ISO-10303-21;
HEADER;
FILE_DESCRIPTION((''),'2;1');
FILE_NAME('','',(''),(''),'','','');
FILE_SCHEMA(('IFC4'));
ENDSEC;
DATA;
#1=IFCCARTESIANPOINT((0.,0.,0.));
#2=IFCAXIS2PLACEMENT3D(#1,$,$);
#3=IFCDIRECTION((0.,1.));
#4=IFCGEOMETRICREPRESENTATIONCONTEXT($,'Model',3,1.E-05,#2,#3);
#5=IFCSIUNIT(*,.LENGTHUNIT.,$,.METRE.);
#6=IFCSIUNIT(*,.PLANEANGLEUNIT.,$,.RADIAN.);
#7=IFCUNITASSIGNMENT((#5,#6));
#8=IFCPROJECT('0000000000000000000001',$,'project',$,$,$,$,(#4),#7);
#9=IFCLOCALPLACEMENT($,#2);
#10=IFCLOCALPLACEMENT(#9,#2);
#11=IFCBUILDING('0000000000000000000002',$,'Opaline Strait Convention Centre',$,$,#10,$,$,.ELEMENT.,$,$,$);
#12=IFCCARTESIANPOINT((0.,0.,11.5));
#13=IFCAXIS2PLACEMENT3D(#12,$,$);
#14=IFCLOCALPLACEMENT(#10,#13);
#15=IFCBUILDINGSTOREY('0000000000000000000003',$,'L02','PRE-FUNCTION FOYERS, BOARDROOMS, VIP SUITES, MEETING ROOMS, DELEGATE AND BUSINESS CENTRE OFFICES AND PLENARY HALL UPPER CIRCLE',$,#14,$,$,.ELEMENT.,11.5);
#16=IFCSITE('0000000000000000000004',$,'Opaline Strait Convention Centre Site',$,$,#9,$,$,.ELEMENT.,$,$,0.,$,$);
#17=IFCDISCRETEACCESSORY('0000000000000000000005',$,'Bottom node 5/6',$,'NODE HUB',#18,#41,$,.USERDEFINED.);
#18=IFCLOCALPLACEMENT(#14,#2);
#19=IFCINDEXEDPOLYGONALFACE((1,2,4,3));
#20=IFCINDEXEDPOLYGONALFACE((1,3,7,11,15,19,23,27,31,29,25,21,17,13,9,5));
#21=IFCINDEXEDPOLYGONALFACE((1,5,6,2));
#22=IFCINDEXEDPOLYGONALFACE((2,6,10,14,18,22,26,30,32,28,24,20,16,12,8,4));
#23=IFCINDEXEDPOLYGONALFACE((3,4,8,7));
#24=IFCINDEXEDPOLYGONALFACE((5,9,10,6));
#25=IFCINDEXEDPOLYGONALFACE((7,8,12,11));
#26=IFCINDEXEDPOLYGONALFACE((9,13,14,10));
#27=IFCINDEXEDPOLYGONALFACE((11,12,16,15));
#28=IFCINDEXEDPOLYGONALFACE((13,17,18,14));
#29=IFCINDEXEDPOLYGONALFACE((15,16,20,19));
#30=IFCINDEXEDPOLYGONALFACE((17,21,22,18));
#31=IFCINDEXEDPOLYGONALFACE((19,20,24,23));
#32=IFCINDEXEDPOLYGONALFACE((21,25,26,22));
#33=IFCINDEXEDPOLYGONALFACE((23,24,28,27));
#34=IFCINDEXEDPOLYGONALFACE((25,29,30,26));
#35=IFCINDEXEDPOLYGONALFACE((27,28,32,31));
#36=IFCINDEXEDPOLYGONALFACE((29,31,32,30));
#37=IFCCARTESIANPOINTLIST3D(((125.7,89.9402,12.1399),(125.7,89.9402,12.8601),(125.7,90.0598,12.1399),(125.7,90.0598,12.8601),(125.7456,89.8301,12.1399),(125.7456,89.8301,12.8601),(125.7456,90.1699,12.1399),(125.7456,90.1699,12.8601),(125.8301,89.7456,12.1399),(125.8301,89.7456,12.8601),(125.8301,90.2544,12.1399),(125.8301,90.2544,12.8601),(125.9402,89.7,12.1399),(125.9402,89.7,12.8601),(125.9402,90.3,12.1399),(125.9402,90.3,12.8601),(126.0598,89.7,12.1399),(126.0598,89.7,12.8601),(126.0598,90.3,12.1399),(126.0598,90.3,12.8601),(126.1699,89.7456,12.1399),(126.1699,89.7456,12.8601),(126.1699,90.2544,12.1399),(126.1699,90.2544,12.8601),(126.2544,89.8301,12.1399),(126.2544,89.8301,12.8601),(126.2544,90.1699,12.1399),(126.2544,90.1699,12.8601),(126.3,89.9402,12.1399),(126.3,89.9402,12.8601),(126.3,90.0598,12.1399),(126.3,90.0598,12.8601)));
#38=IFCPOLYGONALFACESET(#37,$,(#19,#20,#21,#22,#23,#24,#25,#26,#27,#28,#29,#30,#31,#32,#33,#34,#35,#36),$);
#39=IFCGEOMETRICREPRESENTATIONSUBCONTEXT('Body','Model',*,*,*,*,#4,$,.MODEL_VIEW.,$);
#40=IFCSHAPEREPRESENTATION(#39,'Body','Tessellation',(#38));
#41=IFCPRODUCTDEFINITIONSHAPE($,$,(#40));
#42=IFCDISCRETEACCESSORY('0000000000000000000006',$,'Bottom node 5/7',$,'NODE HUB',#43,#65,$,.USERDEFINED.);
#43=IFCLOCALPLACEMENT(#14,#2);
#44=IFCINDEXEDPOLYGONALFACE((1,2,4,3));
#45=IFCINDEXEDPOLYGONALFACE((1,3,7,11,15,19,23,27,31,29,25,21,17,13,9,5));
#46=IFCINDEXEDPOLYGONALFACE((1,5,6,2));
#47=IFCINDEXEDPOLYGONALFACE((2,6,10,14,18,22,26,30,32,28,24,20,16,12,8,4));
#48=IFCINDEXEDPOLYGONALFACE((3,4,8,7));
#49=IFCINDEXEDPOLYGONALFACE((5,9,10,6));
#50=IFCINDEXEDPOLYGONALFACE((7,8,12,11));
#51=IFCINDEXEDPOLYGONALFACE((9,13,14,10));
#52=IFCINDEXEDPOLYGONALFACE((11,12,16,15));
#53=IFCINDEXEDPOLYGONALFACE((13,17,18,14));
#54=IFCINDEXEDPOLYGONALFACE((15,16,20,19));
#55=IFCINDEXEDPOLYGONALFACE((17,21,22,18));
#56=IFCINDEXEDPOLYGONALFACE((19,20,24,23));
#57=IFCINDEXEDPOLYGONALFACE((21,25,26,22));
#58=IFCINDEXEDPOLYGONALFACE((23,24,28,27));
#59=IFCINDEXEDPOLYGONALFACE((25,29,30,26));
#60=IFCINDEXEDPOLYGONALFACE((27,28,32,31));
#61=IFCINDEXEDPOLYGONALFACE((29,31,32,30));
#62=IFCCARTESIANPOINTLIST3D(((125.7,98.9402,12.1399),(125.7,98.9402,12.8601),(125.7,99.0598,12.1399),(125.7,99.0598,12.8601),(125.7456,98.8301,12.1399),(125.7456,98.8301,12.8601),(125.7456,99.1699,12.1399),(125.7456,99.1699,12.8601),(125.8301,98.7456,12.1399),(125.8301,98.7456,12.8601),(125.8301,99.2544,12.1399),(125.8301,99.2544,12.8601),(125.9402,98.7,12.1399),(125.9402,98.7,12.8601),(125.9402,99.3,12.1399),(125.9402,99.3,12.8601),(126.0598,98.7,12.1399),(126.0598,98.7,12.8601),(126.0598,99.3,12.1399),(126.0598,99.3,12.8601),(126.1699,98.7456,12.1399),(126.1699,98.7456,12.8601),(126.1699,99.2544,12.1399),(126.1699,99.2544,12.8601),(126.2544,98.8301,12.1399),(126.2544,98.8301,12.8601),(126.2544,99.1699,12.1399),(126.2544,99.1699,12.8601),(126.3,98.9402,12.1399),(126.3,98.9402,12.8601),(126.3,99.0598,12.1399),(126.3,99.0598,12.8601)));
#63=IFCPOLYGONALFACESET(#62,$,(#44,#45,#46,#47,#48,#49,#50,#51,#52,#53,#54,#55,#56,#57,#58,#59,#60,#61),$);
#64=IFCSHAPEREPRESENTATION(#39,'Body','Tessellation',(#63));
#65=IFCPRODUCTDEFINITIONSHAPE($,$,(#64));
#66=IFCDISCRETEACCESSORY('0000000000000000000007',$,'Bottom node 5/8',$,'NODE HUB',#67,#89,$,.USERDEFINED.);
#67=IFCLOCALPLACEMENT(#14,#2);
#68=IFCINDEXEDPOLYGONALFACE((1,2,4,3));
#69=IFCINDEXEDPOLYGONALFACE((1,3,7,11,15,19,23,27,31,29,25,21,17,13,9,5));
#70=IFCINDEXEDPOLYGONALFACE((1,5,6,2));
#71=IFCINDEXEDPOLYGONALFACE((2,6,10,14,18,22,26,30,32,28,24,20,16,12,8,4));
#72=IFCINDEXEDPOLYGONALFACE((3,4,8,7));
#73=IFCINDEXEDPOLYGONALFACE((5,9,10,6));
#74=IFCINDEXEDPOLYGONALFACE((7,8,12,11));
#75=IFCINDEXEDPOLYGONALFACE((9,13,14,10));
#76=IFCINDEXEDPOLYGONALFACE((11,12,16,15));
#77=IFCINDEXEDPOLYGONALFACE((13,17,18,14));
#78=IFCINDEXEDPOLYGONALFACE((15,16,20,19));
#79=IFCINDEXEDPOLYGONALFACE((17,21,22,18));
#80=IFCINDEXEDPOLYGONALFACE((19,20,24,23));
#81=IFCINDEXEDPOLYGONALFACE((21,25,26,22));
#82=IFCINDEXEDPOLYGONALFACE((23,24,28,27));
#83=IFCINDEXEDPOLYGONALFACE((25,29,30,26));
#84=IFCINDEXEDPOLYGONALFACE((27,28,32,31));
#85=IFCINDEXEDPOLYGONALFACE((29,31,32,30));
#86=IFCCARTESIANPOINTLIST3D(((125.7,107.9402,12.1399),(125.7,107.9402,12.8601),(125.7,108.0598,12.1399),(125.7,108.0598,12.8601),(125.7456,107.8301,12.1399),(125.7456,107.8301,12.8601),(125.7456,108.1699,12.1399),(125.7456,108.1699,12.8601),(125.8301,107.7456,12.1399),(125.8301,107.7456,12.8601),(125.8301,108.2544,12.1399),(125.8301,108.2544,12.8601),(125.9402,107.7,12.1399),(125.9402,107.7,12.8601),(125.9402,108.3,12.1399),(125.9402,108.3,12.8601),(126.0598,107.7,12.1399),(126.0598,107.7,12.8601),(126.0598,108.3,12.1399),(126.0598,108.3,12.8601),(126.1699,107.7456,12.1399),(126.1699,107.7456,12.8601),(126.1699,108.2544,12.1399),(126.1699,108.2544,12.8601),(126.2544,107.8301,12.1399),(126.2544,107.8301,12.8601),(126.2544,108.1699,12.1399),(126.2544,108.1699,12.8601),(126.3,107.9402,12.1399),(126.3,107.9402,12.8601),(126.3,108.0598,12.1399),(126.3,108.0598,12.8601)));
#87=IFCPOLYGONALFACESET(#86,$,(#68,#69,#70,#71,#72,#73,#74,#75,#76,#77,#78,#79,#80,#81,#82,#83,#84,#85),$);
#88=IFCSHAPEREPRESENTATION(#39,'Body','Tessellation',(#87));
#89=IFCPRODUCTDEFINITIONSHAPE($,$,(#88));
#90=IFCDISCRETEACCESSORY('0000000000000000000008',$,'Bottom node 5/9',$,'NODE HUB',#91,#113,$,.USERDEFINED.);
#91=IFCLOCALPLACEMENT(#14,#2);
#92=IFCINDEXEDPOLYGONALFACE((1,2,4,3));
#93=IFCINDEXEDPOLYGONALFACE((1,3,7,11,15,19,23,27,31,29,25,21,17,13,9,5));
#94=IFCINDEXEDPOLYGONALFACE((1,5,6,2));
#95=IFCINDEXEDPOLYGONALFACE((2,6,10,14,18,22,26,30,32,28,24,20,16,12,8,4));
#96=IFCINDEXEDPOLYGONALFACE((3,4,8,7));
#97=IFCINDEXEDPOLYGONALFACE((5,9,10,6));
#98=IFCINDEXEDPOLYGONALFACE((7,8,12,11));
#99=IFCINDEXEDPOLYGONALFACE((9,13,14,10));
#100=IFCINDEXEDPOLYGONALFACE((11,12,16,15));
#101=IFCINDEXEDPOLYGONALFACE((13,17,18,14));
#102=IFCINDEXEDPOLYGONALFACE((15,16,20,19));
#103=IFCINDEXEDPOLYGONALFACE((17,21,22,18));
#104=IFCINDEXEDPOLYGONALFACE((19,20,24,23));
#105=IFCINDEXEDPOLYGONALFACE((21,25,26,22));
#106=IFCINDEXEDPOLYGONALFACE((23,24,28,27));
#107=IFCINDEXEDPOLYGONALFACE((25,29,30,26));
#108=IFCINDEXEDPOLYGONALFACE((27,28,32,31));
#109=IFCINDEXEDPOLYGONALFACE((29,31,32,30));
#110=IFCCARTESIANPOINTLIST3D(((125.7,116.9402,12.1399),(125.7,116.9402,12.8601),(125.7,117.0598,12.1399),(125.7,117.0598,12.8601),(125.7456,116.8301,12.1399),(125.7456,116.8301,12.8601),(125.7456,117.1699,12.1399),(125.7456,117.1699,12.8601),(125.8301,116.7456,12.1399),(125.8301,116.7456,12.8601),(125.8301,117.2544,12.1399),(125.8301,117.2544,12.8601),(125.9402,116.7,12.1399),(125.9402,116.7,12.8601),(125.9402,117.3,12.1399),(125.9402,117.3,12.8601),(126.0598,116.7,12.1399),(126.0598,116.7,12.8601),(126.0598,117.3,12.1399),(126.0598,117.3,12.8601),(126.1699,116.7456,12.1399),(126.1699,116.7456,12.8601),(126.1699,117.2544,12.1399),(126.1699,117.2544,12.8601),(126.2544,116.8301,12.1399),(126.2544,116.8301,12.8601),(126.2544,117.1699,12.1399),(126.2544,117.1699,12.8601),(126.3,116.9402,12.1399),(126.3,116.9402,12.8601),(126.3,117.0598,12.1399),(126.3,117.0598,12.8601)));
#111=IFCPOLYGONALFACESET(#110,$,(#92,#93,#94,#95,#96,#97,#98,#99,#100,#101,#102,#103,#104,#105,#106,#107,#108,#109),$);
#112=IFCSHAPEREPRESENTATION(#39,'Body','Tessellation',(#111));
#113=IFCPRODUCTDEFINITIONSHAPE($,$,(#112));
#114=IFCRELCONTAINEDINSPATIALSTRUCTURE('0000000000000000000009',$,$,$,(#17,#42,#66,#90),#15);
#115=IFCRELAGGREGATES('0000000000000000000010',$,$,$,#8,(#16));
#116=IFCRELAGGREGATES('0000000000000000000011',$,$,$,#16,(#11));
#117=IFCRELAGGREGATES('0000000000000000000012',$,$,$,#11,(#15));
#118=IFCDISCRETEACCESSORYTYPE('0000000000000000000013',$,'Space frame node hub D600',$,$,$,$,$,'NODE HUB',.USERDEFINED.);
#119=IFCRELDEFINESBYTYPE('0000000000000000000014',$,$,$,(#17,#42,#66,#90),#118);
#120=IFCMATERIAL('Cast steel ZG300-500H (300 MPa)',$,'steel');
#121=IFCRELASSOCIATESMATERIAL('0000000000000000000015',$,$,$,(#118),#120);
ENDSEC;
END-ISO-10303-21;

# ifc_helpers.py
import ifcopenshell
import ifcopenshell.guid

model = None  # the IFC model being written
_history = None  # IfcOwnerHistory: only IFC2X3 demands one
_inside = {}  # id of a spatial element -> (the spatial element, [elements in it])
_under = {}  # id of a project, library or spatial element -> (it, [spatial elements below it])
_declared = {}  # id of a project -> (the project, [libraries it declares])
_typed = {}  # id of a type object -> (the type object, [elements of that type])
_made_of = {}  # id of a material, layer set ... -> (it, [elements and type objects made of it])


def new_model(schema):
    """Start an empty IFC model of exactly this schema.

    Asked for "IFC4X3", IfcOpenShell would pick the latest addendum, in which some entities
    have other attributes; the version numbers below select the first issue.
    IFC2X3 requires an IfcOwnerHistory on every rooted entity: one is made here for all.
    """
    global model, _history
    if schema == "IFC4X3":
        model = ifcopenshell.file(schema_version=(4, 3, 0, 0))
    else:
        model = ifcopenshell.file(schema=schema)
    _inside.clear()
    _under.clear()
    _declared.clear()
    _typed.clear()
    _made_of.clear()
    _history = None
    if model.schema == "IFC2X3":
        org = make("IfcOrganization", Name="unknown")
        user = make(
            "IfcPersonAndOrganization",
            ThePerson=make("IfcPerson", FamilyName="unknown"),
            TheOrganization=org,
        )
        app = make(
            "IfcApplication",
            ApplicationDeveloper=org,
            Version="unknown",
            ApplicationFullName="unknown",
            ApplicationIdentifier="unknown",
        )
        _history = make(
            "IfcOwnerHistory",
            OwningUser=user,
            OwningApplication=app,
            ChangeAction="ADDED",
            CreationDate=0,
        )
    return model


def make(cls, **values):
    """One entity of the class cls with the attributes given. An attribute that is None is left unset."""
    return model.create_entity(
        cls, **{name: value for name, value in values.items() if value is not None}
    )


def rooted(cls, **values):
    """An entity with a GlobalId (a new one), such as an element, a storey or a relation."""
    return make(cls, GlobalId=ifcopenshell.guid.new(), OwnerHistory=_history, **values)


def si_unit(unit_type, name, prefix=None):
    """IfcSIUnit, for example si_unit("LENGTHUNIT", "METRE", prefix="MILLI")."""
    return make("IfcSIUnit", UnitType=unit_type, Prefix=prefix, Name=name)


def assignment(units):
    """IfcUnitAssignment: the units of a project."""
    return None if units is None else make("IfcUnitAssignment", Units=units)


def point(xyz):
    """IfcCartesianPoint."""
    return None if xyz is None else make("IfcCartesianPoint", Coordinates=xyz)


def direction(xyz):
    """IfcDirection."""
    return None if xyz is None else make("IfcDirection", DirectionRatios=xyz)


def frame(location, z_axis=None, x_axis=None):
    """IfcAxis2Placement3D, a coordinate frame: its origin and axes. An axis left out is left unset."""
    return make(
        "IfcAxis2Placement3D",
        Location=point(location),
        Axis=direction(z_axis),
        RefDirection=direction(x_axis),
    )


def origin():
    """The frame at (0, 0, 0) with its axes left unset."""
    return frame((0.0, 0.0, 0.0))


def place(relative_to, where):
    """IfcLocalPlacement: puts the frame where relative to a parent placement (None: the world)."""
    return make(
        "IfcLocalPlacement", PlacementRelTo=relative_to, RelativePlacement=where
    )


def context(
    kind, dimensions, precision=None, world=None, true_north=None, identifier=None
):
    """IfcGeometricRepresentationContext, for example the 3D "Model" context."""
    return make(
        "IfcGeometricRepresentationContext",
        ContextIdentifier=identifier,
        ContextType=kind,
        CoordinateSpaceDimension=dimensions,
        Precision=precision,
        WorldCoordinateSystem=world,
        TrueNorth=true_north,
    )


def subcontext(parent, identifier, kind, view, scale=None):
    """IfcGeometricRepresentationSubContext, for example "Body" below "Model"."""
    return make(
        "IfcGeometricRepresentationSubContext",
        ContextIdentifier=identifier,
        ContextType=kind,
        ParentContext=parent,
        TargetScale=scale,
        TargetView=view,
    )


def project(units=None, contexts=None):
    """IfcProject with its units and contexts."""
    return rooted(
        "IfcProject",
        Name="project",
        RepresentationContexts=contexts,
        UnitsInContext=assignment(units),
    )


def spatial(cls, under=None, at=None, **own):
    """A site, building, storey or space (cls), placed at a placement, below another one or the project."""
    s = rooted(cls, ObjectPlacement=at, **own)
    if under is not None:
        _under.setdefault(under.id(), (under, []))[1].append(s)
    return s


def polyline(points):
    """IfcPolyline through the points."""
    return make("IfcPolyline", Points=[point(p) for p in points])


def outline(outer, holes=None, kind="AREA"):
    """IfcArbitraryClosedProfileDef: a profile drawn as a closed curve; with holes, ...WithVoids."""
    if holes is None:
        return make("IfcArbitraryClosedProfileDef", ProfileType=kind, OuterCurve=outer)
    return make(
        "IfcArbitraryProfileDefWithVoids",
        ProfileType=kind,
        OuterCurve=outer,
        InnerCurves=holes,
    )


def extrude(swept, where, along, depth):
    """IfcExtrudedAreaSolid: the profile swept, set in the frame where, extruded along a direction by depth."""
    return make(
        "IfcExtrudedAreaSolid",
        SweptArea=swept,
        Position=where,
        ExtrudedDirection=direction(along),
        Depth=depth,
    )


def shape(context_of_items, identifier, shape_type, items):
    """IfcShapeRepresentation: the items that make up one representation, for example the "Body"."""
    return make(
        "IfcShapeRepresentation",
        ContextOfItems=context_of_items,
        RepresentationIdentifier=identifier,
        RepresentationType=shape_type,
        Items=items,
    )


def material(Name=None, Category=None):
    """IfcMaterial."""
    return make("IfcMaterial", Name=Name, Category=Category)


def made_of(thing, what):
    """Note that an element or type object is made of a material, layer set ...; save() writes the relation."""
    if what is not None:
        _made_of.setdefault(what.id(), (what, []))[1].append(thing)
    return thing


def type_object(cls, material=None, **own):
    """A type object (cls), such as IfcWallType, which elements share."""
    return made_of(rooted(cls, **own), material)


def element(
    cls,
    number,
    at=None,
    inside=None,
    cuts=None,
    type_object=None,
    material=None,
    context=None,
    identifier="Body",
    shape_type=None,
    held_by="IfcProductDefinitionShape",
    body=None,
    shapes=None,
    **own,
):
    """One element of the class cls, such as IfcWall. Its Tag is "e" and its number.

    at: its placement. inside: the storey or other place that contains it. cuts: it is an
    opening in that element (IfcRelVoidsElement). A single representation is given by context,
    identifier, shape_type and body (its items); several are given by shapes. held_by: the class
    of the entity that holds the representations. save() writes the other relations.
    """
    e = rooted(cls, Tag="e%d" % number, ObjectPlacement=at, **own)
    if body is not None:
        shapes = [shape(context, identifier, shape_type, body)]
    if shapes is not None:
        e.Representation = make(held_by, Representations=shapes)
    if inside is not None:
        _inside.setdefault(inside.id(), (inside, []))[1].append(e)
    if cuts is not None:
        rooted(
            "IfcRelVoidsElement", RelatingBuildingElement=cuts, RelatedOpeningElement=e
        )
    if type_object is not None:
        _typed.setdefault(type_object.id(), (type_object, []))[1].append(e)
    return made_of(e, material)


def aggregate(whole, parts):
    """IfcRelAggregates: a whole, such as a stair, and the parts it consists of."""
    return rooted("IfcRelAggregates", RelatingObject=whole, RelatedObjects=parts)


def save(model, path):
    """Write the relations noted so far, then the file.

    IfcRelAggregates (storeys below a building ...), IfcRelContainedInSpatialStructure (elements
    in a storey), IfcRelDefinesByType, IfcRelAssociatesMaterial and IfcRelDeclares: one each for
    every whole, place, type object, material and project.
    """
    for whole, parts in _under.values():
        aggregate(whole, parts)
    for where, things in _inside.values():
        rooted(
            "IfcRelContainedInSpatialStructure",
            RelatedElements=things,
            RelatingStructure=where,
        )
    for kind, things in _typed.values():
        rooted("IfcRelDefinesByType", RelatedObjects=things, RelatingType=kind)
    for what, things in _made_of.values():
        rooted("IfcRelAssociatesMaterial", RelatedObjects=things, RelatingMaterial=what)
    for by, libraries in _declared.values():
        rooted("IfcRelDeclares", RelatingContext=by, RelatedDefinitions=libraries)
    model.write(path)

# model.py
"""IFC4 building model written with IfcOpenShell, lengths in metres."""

from ifc_helpers import new_model, si_unit, direction, frame, origin, place, context, subcontext, project, spatial, polyline, outline, extrude, material, type_object, element, save


model = new_model("IFC4")

# Units and contexts
model_context = context("Model", 3, precision=1e-05, world=origin(), true_north=direction((0.0, 1.0)))
body_context = subcontext(model_context, "Body", "Model", "MODEL_VIEW")
ifc_project = project(units=[si_unit("LENGTHUNIT", "METRE"), si_unit("PLANEANGLEUNIT", "RADIAN")], contexts=[model_context])

# Site, building, storey
site_placement = place(None, origin())
site = spatial("IfcSite", under=ifc_project, at=site_placement, Name="Opaline Strait Convention Centre Site", CompositionType="ELEMENT", RefElevation=0.0)
building_placement = place(site_placement, origin())
building = spatial("IfcBuilding", under=site, at=building_placement, Name="Opaline Strait Convention Centre", CompositionType="ELEMENT")
storey_placement = place(building_placement, frame((0.0, 0.0, 11.5)))
storey = spatial("IfcBuildingStorey", under=building, at=storey_placement, Name="L02", Description="PRE-FUNCTION FOYERS, BOARDROOMS, VIP SUITES, MEETING ROOMS, DELEGATE AND BUSINESS CENTRE OFFICES AND PLENARY HALL UPPER CIRCLE", CompositionType="ELEMENT", Elevation=11.5)

# Discrete accessories
ifc_material = material(Name="Cast steel ZG300-500H (300 MPa)", Category="steel")
discrete_accessory_type_1 = type_object("IfcDiscreteAccessoryType", Name="Space frame node hub D600", ElementType="NODE HUB", PredefinedType="USERDEFINED", material=ifc_material)
discrete_accessory_1_placement = place(storey_placement, frame((0.0, 0.0, 12.1399)))
element("IfcDiscreteAccessory", 1, at=discrete_accessory_1_placement, inside=storey, type_object=discrete_accessory_type_1, Name="Bottom node 5/6", ObjectType="NODE HUB", PredefinedType="USERDEFINED", context=body_context, shape_type="SweptSolid", body=[
    extrude(outline(polyline([(126.3, 90.0598), (126.2544, 90.1699), (126.1699, 90.2544), (126.0598, 90.3), (125.9402, 90.3), (125.8301, 90.2544), (125.7456, 90.1699), (125.7, 90.0598), (125.7, 89.9402), (125.7456, 89.8301), (125.8301, 89.7456), (125.9402, 89.7), (126.0598, 89.7), (126.1699, 89.7456), (126.2544, 89.8301), (126.3, 89.9402), (126.3, 90.0598)])), origin(), (0.0, 0.0, 1.0), 0.7202),
])
discrete_accessory_2_placement = place(storey_placement, frame((0.0, 0.0, 12.1399)))
element("IfcDiscreteAccessory", 2, at=discrete_accessory_2_placement, inside=storey, type_object=discrete_accessory_type_1, Name="Bottom node 5/7", ObjectType="NODE HUB", PredefinedType="USERDEFINED", context=body_context, shape_type="SweptSolid", body=[
    extrude(outline(polyline([(126.3, 99.0598), (126.2544, 99.1699), (126.1699, 99.2544), (126.0598, 99.3), (125.9402, 99.3), (125.8301, 99.2544), (125.7456, 99.1699), (125.7, 99.0598), (125.7, 98.9402), (125.7456, 98.8301), (125.8301, 98.7456), (125.9402, 98.7), (126.0598, 98.7), (126.1699, 98.7456), (126.2544, 98.8301), (126.3, 98.9402), (126.3, 99.0598)])), origin(), (0.0, 0.0, 1.0), 0.7202),
])
discrete_accessory_3_placement = place(storey_placement, frame((0.0, 0.0, 12.1399)))
element("IfcDiscreteAccessory", 3, at=discrete_accessory_3_placement, inside=storey, type_object=discrete_accessory_type_1, Name="Bottom node 5/8", ObjectType="NODE HUB", PredefinedType="USERDEFINED", context=body_context, shape_type="SweptSolid", body=[
    extrude(outline(polyline([(126.3, 108.0598), (126.2544, 108.1699), (126.1699, 108.2544), (126.0598, 108.3), (125.9402, 108.3), (125.8301, 108.2544), (125.7456, 108.1699), (125.7, 108.0598), (125.7, 107.9402), (125.7456, 107.8301), (125.8301, 107.7456), (125.9402, 107.7), (126.0598, 107.7), (126.1699, 107.7456), (126.2544, 107.8301), (126.3, 107.9402), (126.3, 108.0598)])), origin(), (0.0, 0.0, 1.0), 0.7202),
])
discrete_accessory_4_placement = place(storey_placement, frame((0.0, 0.0, 12.1399)))
element("IfcDiscreteAccessory", 4, at=discrete_accessory_4_placement, inside=storey, type_object=discrete_accessory_type_1, Name="Bottom node 5/9", ObjectType="NODE HUB", PredefinedType="USERDEFINED", context=body_context, shape_type="SweptSolid", body=[
    extrude(outline(polyline([(126.3, 117.0598), (126.2544, 117.1699), (126.1699, 117.2544), (126.0598, 117.3), (125.9402, 117.3), (125.8301, 117.2544), (125.7456, 117.1699), (125.7, 117.0598), (125.7, 116.9402), (125.7456, 116.8301), (125.8301, 116.7456), (125.9402, 116.7), (126.0598, 116.7), (126.1699, 116.7456), (126.2544, 116.8301), (126.3, 116.9402), (126.3, 117.0598)])), origin(), (0.0, 0.0, 1.0), 0.7202),
])

save(model, "model.ifc")
